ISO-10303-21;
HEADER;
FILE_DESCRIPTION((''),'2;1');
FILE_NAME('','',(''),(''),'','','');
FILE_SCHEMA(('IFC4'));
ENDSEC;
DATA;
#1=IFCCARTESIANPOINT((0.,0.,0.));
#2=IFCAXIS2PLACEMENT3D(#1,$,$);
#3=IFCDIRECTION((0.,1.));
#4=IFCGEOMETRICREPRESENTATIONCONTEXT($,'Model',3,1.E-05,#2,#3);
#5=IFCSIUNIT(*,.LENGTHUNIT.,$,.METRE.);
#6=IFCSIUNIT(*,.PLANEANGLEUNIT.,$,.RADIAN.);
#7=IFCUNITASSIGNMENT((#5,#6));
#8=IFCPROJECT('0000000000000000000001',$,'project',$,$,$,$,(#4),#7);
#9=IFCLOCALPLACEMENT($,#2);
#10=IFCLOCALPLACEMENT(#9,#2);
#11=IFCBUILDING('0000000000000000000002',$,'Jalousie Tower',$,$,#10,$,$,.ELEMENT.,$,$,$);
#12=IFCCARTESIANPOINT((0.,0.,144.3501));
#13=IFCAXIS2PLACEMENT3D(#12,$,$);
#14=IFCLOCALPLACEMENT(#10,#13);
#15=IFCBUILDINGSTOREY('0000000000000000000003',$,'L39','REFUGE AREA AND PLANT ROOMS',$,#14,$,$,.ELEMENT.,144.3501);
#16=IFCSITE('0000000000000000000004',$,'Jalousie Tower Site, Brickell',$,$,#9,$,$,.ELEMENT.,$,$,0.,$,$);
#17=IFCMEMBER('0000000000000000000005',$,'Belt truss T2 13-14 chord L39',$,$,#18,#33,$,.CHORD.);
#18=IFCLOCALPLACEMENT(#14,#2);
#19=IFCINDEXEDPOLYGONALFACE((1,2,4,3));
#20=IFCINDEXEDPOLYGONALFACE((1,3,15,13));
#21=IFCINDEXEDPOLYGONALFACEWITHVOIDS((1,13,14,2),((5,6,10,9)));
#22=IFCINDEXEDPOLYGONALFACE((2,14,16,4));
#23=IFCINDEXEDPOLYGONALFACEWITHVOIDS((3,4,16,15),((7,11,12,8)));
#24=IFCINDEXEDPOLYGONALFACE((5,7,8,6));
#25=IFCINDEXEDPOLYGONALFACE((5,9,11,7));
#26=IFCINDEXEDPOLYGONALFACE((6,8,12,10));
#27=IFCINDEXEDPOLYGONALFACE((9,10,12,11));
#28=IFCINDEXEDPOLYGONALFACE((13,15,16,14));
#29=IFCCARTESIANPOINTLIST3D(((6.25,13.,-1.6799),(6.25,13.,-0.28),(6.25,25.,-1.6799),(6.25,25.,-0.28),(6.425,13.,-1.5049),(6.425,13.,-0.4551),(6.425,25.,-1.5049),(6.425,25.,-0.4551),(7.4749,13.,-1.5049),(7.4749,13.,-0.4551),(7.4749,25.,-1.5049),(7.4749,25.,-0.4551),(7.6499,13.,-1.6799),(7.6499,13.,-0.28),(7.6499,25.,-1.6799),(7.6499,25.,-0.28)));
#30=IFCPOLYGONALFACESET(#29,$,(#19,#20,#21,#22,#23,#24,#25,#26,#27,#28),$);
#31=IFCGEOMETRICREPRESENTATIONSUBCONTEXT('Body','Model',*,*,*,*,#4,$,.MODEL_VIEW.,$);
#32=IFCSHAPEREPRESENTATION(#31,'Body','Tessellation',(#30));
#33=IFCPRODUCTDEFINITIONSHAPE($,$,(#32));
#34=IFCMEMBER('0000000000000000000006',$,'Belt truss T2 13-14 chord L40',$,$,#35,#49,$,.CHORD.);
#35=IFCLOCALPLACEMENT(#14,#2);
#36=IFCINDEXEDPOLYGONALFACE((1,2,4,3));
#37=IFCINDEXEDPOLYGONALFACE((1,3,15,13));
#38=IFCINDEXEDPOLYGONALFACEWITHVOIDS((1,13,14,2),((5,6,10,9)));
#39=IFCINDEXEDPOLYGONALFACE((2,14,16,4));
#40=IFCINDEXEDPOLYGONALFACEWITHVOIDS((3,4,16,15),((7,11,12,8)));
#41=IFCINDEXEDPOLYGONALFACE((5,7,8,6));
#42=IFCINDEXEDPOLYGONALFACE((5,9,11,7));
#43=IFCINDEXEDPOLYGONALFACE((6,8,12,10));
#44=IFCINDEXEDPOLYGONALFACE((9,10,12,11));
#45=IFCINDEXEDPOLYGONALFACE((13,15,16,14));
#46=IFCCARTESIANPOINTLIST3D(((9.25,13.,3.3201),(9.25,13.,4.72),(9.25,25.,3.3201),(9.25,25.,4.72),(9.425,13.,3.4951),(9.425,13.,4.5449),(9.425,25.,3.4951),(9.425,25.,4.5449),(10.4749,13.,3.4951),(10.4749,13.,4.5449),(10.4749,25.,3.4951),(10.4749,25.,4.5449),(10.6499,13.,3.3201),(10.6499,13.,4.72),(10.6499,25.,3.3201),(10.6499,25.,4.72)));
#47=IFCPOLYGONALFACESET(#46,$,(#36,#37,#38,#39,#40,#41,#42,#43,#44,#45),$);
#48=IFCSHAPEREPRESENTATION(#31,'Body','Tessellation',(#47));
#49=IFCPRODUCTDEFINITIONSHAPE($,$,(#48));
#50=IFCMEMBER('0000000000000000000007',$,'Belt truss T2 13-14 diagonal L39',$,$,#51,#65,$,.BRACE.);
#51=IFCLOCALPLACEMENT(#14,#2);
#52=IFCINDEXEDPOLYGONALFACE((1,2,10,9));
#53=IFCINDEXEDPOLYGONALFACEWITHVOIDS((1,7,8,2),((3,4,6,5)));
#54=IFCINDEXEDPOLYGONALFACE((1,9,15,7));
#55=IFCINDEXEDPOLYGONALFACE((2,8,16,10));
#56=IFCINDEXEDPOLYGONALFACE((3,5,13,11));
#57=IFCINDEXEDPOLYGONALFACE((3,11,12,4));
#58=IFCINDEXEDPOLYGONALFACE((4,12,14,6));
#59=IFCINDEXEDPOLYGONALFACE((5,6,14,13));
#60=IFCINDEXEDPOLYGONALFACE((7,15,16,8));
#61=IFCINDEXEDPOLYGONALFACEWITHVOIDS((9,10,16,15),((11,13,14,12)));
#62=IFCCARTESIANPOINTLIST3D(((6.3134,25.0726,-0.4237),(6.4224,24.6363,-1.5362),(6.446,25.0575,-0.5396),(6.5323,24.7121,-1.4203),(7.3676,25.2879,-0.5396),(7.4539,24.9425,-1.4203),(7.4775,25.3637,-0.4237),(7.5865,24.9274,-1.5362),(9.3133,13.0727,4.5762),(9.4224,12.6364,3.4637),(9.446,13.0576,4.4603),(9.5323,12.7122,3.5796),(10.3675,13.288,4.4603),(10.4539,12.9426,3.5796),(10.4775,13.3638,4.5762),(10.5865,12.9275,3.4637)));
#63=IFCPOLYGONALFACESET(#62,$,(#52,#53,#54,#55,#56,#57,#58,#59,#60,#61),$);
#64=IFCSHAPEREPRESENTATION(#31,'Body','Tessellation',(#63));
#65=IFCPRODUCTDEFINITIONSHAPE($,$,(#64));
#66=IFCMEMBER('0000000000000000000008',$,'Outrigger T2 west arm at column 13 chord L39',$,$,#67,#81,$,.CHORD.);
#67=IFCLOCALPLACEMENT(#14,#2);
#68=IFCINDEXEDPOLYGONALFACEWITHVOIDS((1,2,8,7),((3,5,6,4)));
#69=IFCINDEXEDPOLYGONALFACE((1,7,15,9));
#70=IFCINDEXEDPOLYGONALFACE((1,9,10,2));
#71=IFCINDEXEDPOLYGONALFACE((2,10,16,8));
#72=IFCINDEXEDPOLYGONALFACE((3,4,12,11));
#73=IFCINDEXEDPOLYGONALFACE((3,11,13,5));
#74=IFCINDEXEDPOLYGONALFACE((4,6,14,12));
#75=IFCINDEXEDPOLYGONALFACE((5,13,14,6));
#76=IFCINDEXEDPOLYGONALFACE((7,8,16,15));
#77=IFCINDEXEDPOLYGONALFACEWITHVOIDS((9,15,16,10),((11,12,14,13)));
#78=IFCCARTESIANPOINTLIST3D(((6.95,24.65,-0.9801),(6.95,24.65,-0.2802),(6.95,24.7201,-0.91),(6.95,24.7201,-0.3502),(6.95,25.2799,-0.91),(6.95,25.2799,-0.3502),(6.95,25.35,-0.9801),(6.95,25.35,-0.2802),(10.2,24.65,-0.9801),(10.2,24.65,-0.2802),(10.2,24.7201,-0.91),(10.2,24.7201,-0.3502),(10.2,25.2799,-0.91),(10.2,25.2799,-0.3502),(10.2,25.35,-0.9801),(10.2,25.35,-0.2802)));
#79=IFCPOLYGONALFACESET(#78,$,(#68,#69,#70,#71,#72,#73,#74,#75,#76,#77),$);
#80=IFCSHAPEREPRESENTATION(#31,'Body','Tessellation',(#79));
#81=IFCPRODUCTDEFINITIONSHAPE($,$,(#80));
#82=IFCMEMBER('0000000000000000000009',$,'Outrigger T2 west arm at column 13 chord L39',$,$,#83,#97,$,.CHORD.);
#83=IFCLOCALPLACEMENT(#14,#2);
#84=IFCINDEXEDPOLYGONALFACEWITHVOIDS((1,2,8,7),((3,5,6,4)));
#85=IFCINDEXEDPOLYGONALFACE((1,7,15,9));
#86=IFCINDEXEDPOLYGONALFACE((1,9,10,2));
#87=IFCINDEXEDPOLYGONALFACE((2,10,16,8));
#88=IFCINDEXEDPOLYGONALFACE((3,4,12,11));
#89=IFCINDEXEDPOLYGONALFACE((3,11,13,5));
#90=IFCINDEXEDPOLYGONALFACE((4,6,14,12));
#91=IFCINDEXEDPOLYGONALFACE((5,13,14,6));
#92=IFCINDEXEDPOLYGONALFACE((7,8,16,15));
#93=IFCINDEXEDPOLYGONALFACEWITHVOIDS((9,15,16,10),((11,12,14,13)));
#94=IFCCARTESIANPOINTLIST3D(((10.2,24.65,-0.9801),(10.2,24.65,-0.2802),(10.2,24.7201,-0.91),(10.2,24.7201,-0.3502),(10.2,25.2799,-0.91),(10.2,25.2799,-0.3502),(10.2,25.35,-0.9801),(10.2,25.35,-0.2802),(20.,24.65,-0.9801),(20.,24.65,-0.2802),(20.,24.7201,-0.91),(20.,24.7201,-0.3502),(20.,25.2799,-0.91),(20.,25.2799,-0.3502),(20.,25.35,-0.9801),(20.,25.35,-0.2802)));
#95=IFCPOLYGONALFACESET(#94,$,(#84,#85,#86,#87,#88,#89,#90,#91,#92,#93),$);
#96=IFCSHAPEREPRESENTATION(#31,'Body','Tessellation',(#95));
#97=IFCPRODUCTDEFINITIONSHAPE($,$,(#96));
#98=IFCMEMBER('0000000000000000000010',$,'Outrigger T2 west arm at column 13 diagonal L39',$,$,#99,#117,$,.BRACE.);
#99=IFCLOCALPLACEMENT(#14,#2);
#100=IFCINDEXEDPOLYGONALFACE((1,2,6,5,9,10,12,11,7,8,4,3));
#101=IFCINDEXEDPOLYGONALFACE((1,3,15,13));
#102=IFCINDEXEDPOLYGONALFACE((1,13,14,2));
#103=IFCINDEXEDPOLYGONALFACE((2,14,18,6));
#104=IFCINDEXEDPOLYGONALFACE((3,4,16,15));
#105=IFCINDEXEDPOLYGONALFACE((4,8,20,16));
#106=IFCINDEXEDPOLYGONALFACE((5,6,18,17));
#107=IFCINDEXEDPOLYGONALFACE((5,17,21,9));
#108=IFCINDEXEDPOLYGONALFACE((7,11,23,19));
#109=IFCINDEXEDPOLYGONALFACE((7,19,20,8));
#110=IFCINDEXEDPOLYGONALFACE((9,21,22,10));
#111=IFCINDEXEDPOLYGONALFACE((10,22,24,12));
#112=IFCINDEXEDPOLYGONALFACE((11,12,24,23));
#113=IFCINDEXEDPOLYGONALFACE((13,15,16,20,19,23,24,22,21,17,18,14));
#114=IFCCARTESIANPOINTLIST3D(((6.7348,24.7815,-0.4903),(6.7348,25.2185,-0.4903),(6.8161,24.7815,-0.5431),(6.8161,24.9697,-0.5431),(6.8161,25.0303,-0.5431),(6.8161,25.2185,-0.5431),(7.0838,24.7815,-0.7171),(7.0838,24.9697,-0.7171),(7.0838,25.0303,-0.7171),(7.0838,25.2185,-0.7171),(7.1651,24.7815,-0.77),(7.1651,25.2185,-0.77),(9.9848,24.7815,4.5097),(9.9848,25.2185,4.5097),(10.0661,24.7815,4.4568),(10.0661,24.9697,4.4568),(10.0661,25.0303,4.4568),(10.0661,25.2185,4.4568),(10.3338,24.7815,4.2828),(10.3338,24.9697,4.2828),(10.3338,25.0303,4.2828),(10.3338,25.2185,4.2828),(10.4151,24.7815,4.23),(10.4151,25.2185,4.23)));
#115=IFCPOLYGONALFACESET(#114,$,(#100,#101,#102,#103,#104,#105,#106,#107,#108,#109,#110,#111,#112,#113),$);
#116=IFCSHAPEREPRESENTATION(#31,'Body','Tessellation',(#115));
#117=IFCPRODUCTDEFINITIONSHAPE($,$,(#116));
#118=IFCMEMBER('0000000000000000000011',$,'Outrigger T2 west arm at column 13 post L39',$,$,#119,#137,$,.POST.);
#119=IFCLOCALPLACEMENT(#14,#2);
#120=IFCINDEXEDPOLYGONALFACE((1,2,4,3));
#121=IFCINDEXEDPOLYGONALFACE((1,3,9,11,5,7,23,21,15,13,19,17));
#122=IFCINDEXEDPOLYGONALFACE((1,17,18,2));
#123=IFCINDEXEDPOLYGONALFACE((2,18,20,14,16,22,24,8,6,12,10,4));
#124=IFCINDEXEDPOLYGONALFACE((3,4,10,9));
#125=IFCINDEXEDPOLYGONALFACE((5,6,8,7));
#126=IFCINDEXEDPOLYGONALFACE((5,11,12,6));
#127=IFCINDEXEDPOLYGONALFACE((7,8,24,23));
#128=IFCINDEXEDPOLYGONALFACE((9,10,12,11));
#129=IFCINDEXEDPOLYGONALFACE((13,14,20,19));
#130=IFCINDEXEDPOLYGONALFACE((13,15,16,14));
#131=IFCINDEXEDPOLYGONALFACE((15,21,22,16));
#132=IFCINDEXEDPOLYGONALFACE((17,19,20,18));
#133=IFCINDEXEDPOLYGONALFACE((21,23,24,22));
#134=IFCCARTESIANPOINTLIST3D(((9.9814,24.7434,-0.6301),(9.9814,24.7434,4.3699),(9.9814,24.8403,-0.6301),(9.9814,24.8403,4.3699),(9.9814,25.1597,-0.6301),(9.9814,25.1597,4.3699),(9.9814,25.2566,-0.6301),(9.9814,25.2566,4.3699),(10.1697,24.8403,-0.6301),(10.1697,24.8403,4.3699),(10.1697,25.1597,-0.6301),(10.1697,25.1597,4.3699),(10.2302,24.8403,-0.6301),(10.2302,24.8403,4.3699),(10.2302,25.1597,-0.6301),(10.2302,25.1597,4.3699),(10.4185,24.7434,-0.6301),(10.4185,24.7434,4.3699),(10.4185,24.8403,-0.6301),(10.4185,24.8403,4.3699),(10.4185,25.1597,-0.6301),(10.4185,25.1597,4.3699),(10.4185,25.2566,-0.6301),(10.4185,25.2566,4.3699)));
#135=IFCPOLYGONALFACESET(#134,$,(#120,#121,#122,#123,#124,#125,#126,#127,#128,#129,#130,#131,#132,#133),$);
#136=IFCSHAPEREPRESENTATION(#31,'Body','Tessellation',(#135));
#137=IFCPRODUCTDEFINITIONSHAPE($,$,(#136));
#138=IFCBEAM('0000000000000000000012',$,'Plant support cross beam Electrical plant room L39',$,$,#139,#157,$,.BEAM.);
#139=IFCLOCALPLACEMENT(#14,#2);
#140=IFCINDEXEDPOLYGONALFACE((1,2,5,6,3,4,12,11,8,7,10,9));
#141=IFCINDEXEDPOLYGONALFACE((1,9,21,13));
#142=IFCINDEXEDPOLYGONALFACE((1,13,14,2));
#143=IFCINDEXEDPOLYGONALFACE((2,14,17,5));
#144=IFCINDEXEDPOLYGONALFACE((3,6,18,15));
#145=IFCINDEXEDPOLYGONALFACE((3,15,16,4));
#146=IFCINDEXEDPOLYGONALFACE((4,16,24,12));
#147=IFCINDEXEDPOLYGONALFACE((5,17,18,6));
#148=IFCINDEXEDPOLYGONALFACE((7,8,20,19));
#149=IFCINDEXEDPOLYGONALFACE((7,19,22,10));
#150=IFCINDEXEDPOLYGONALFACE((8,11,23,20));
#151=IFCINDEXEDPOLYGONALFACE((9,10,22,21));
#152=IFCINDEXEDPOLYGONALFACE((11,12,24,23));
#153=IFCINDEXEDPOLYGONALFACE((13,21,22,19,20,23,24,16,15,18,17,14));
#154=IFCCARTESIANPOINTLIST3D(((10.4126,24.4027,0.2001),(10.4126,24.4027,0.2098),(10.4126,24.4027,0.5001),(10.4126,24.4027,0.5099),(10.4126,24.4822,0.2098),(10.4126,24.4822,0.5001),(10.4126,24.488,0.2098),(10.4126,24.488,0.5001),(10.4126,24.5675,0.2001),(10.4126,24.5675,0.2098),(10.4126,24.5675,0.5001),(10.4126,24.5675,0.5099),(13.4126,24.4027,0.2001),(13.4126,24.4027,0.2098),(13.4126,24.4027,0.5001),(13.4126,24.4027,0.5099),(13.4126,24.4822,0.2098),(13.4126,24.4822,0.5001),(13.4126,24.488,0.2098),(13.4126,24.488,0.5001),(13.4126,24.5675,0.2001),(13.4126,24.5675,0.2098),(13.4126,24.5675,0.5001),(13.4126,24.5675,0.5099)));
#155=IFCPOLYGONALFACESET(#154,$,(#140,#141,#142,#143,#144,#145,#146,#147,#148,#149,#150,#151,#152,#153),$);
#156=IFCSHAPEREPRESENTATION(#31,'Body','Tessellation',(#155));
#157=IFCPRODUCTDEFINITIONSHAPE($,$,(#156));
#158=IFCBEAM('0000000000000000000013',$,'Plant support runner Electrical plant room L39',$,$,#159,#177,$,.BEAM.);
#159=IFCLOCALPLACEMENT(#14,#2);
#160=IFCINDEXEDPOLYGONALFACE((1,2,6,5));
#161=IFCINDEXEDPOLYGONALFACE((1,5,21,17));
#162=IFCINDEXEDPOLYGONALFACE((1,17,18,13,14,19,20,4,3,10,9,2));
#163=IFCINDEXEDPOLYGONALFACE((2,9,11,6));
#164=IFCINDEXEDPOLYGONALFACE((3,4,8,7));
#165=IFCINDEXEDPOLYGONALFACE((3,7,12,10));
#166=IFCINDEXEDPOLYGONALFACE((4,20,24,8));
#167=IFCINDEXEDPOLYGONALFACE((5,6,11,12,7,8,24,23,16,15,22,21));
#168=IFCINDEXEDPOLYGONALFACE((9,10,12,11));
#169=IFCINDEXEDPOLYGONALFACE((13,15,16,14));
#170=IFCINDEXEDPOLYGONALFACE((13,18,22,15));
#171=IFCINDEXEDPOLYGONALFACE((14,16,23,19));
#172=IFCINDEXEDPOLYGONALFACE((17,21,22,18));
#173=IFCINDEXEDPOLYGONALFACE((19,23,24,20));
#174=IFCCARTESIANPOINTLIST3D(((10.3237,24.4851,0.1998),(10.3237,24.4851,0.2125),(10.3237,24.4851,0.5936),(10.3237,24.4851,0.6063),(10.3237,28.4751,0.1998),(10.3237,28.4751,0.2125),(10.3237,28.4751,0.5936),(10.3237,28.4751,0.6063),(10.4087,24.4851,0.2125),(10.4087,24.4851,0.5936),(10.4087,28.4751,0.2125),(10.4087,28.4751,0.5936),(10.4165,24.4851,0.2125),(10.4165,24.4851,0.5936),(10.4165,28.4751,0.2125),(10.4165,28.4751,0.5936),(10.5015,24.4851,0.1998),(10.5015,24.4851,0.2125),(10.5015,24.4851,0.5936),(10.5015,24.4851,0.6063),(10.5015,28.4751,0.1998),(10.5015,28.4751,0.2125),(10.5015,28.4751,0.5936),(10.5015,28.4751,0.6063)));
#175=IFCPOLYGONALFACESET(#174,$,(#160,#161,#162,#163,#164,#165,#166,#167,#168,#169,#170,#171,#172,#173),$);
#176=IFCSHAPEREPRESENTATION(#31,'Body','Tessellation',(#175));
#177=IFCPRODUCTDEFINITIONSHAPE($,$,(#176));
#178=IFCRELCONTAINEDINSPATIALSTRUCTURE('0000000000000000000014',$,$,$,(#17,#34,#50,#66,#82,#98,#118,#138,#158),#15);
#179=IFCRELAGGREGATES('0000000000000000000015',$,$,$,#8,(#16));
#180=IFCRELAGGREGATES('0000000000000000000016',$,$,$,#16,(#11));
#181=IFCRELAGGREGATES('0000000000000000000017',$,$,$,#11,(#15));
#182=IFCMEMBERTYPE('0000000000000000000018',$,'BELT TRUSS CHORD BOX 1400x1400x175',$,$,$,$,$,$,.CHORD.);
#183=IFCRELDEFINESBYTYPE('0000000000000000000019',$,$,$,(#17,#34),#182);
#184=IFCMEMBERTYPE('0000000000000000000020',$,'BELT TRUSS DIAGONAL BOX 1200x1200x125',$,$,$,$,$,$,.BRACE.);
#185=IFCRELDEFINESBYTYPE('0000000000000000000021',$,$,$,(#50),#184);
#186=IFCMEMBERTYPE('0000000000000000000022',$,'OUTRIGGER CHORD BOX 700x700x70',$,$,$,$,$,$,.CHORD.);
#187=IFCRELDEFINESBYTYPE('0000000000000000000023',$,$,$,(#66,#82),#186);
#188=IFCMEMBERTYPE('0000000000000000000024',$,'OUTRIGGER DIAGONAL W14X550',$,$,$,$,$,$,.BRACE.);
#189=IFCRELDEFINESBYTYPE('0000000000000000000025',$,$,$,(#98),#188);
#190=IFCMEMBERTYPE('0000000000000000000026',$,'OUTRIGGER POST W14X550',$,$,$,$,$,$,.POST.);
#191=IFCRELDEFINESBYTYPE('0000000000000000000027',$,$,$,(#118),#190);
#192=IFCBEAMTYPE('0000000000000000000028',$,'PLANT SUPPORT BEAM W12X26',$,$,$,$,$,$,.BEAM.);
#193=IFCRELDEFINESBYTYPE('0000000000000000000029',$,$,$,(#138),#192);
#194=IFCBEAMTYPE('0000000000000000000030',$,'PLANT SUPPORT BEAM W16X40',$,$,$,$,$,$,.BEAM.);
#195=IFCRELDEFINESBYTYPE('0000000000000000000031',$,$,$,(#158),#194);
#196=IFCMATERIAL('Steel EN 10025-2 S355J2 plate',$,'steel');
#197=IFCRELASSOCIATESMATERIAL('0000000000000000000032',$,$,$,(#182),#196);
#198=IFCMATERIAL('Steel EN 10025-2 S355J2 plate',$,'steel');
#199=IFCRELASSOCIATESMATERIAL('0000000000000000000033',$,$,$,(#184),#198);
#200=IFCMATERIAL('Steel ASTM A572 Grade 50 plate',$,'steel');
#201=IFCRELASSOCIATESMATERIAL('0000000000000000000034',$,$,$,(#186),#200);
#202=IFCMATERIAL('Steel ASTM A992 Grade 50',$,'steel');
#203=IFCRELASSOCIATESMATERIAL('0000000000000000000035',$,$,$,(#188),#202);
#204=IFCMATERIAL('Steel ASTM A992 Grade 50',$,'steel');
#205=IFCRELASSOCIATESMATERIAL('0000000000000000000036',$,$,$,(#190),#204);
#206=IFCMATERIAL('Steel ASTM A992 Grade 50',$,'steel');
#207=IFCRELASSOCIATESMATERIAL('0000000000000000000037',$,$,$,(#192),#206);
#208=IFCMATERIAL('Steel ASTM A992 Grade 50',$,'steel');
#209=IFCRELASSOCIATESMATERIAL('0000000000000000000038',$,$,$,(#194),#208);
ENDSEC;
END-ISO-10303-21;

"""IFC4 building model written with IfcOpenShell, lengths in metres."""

from ifc_helpers import new_model, si_unit, direction, frame, origin, origin_2d, place, context, subcontext, project, spatial, hollow_rectangle, i_section, extrude, material, material_profile, profile_set, type_object, element, save


model = new_model("IFC4")

# Units and contexts
model_context = context("Model", 3, precision=1e-05, world=origin(), true_north=direction((0.0, 1.0)))
body_context = subcontext(model_context, "Body", "Model", "MODEL_VIEW")
ifc_project = project(units=[si_unit("LENGTHUNIT", "METRE"), si_unit("PLANEANGLEUNIT", "RADIAN")], contexts=[model_context])

# Site, building, storey
site_placement = place(None, origin())
site = spatial("IfcSite", under=ifc_project, at=site_placement, Name="Jalousie Tower Site, Brickell", CompositionType="ELEMENT", RefElevation=0.0)
building_placement = place(site_placement, origin())
building = spatial("IfcBuilding", under=site, at=building_placement, Name="Jalousie Tower", CompositionType="ELEMENT")
storey_placement = place(building_placement, frame((0.0, 0.0, 144.3501)))
storey = spatial("IfcBuildingStorey", under=building, at=storey_placement, Name="L39", Description="REFUGE AREA AND PLANT ROOMS", CompositionType="ELEMENT", Elevation=144.3501)

# Members
ifc_material_1 = material(Name="Steel EN 10025-2 S355J2 plate", Category="steel")
ifc_material_profile_1 = material_profile(ifc_material_1, hollow_rectangle(XDim=1.3999, YDim=1.3999, WallThickness=0.175, at=origin_2d()), Name="BOX 1400x1400x175")
ifc_profile_set_1 = profile_set([ifc_material_profile_1], Name="Steel EN 10025-2 S355J2 plate")
member_type_1 = type_object("IfcMemberType", Name="BELT TRUSS CHORD BOX 1400x1400x175", PredefinedType="CHORD", material=ifc_profile_set_1)
for number, where, z_axis, x_axis, name in (
    (1, (6.95, 25.0, -0.98), (0.0, -1.0, 0.0), (1.0, 0.0, 0.0), "Belt truss T2 13-14 chord L39"),
    (2, (9.95, 25.0, 4.02), (0.0, -1.0, 0.0), (1.0, 0.0, 0.0), "Belt truss T2 13-14 chord L40"),
):
    element("IfcMember", number, at=place(storey_placement, frame(where, z_axis=z_axis, x_axis=x_axis)), inside=storey, type_object=member_type_1, Name=name, PredefinedType="CHORD", context=body_context, shape_type="SweptSolid", body=[
        extrude(hollow_rectangle(XDim=1.3999, YDim=1.3999, WallThickness=0.175, at=origin_2d()), origin(), (0.0, 0.0, 1.0), 12.0),
    ])
ifc_material_2 = material(Name="Steel EN 10025-2 S355J2 plate", Category="steel")
ifc_material_profile_2 = material_profile(ifc_material_2, hollow_rectangle(XDim=1.2, YDim=1.2, WallThickness=0.125, at=origin_2d()), Name="BOX 1200x1200x125")
ifc_profile_set_2 = profile_set([ifc_material_profile_2], Name="Steel EN 10025-2 S355J2 plate")
member_type_2 = type_object("IfcMemberType", Name="BELT TRUSS DIAGONAL BOX 1200x1200x125", PredefinedType="BRACE", material=ifc_profile_set_2)
member_1_placement = place(storey_placement, frame((6.95, 25.0, -0.98), z_axis=(0.22486, -0.899438, 0.374766), x_axis=(0.970143, 0.242536, 0.0)))
element("IfcMember", 3, at=member_1_placement, inside=storey, type_object=member_type_2, Name="Belt truss T2 13-14 diagonal L39", PredefinedType="BRACE", context=body_context, shape_type="SweptSolid", body=[
    extrude(hollow_rectangle(XDim=1.2, YDim=1.2, WallThickness=0.125, at=origin_2d()), origin(), (0.0, 0.0, 1.0), 13.3416),
])
ifc_material_3 = material(Name="Steel ASTM A572 Grade 50 plate", Category="steel")
ifc_material_profile_3 = material_profile(ifc_material_3, hollow_rectangle(XDim=0.7, YDim=0.7, WallThickness=0.0701, at=origin_2d()), Name="BOX 700x700x70")
ifc_profile_set_3 = profile_set([ifc_material_profile_3], Name="Steel ASTM A572 Grade 50 plate")
member_type_3 = type_object("IfcMemberType", Name="OUTRIGGER CHORD BOX 700x700x70", PredefinedType="CHORD", material=ifc_profile_set_3)
member_2_placement = place(storey_placement, frame((6.95, 25.0, -0.6301), z_axis=(1.0, 0.0, 0.0), x_axis=(0.0, 1.0, 0.0)))
element("IfcMember", 4, at=member_2_placement, inside=storey, type_object=member_type_3, Name="Outrigger T2 west arm at column 13 chord L39", PredefinedType="CHORD", context=body_context, shape_type="SweptSolid", body=[
    extrude(hollow_rectangle(XDim=0.7, YDim=0.7, WallThickness=0.0701, at=origin_2d()), origin(), (0.0, 0.0, 1.0), 3.25),
])
member_3_placement = place(storey_placement, frame((10.2, 25.0, -0.6301), z_axis=(1.0, 0.0, 0.0), x_axis=(0.0, 1.0, 0.0)))
element("IfcMember", 5, at=member_3_placement, inside=storey, type_object=member_type_3, Name="Outrigger T2 west arm at column 13 chord L39", PredefinedType="CHORD", context=body_context, shape_type="SweptSolid", body=[
    extrude(hollow_rectangle(XDim=0.7, YDim=0.7, WallThickness=0.0701, at=origin_2d()), origin(), (0.0, 0.0, 1.0), 9.8),
])
ifc_material_4 = material(Name="Steel ASTM A992 Grade 50", Category="steel")
ifc_material_profile_4 = material_profile(ifc_material_4, i_section(OverallWidth=0.437, OverallDepth=0.5132, WebThickness=0.0605, FlangeThickness=0.0969, at=origin_2d()), Name="W14X550")
ifc_profile_set_4 = profile_set([ifc_material_profile_4], Name="Steel ASTM A992 Grade 50")
member_type_4 = type_object("IfcMemberType", Name="OUTRIGGER DIAGONAL W14X550", PredefinedType="BRACE", material=ifc_profile_set_4)
member_4_placement = place(storey_placement, frame((6.95, 25.0, -0.6301), z_axis=(0.544988, 0.0, 0.838444), x_axis=(0.0, 1.0, 0.0)))
element("IfcMember", 6, at=member_4_placement, inside=storey, type_object=member_type_4, Name="Outrigger T2 west arm at column 13 diagonal L39", PredefinedType="BRACE", context=body_context, shape_type="SweptSolid", body=[
    extrude(i_section(OverallWidth=0.437, OverallDepth=0.5132, WebThickness=0.0605, FlangeThickness=0.0969, at=origin_2d()), origin(), (0.0, 0.0, 1.0), 5.9634),
])
ifc_material_5 = material(Name="Steel ASTM A992 Grade 50", Category="steel")
ifc_material_profile_5 = material_profile(ifc_material_5, i_section(OverallWidth=0.437, OverallDepth=0.5132, WebThickness=0.0605, FlangeThickness=0.0969, at=origin_2d()), Name="W14X550")
ifc_profile_set_5 = profile_set([ifc_material_profile_5], Name="Steel ASTM A992 Grade 50")
member_type_5 = type_object("IfcMemberType", Name="OUTRIGGER POST W14X550", PredefinedType="POST", material=ifc_profile_set_5)
member_5_placement = place(storey_placement, frame((10.2, 25.0, -0.6301), z_axis=(0.0, 0.0, 1.0), x_axis=(1.0, 0.0, 0.0)))
element("IfcMember", 7, at=member_5_placement, inside=storey, type_object=member_type_5, Name="Outrigger T2 west arm at column 13 post L39", PredefinedType="POST", context=body_context, shape_type="SweptSolid", body=[
    extrude(i_section(OverallWidth=0.437, OverallDepth=0.5132, WebThickness=0.0605, FlangeThickness=0.0969, at=origin_2d()), origin(), (0.0, 0.0, 1.0), 5.0),
])

# Beams
ifc_material_6 = material(Name="Steel ASTM A992 Grade 50", Category="steel")
ifc_material_profile_6 = material_profile(ifc_material_6, i_section(OverallWidth=0.1648, OverallDepth=0.3098, WebThickness=0.0059, FlangeThickness=0.0098, at=origin_2d()), Name="W12X26")
ifc_profile_set_6 = profile_set([ifc_material_profile_6], Name="Steel ASTM A992 Grade 50")
beam_type_1 = type_object("IfcBeamType", Name="PLANT SUPPORT BEAM W12X26", PredefinedType="BEAM", material=ifc_profile_set_6)
beam_placement = place(storey_placement, frame((10.4126, 24.4851, 0.355), z_axis=(1.0, 0.0, 0.0), x_axis=(0.0, 1.0, 0.0)))
element("IfcBeam", 8, at=beam_placement, inside=storey, type_object=beam_type_1, Name="Plant support cross beam Electrical plant room L39", PredefinedType="BEAM", context=body_context, shape_type="SweptSolid", body=[
    extrude(i_section(OverallWidth=0.1648, OverallDepth=0.3098, WebThickness=0.0059, FlangeThickness=0.0098, at=origin_2d()), origin(), (0.0, 0.0, 1.0), 3.0),
])
ifc_material_7 = material(Name="Steel ASTM A992 Grade 50", Category="steel")
ifc_material_profile_7 = material_profile(ifc_material_7, i_section(OverallWidth=0.1777, OverallDepth=0.4065, WebThickness=0.0078, FlangeThickness=0.0127, at=origin_2d()), Name="W16X40")
ifc_profile_set_7 = profile_set([ifc_material_profile_7], Name="Steel ASTM A992 Grade 50")
beam_type_2 = type_object("IfcBeamType", Name="PLANT SUPPORT BEAM W16X40", PredefinedType="BEAM", material=ifc_profile_set_7)
for number, where, z_axis, x_axis, name in (
    (9, (10.4126, 24.4851, 0.4031), (0.0, 1.0, 0.0), (-1.0, 0.0, 0.0), "Plant support runner Electrical plant room L39"),
):
    element("IfcBeam", number, at=place(storey_placement, frame(where, z_axis=z_axis, x_axis=x_axis)), inside=storey, type_object=beam_type_2, Name=name, PredefinedType="BEAM", context=body_context, shape_type="SweptSolid", body=[
        extrude(i_section(OverallWidth=0.1777, OverallDepth=0.4065, WebThickness=0.0078, FlangeThickness=0.0127, at=origin_2d()), origin(), (0.0, 0.0, 1.0), 3.99),
    ])

save(model, "model.ifc")
